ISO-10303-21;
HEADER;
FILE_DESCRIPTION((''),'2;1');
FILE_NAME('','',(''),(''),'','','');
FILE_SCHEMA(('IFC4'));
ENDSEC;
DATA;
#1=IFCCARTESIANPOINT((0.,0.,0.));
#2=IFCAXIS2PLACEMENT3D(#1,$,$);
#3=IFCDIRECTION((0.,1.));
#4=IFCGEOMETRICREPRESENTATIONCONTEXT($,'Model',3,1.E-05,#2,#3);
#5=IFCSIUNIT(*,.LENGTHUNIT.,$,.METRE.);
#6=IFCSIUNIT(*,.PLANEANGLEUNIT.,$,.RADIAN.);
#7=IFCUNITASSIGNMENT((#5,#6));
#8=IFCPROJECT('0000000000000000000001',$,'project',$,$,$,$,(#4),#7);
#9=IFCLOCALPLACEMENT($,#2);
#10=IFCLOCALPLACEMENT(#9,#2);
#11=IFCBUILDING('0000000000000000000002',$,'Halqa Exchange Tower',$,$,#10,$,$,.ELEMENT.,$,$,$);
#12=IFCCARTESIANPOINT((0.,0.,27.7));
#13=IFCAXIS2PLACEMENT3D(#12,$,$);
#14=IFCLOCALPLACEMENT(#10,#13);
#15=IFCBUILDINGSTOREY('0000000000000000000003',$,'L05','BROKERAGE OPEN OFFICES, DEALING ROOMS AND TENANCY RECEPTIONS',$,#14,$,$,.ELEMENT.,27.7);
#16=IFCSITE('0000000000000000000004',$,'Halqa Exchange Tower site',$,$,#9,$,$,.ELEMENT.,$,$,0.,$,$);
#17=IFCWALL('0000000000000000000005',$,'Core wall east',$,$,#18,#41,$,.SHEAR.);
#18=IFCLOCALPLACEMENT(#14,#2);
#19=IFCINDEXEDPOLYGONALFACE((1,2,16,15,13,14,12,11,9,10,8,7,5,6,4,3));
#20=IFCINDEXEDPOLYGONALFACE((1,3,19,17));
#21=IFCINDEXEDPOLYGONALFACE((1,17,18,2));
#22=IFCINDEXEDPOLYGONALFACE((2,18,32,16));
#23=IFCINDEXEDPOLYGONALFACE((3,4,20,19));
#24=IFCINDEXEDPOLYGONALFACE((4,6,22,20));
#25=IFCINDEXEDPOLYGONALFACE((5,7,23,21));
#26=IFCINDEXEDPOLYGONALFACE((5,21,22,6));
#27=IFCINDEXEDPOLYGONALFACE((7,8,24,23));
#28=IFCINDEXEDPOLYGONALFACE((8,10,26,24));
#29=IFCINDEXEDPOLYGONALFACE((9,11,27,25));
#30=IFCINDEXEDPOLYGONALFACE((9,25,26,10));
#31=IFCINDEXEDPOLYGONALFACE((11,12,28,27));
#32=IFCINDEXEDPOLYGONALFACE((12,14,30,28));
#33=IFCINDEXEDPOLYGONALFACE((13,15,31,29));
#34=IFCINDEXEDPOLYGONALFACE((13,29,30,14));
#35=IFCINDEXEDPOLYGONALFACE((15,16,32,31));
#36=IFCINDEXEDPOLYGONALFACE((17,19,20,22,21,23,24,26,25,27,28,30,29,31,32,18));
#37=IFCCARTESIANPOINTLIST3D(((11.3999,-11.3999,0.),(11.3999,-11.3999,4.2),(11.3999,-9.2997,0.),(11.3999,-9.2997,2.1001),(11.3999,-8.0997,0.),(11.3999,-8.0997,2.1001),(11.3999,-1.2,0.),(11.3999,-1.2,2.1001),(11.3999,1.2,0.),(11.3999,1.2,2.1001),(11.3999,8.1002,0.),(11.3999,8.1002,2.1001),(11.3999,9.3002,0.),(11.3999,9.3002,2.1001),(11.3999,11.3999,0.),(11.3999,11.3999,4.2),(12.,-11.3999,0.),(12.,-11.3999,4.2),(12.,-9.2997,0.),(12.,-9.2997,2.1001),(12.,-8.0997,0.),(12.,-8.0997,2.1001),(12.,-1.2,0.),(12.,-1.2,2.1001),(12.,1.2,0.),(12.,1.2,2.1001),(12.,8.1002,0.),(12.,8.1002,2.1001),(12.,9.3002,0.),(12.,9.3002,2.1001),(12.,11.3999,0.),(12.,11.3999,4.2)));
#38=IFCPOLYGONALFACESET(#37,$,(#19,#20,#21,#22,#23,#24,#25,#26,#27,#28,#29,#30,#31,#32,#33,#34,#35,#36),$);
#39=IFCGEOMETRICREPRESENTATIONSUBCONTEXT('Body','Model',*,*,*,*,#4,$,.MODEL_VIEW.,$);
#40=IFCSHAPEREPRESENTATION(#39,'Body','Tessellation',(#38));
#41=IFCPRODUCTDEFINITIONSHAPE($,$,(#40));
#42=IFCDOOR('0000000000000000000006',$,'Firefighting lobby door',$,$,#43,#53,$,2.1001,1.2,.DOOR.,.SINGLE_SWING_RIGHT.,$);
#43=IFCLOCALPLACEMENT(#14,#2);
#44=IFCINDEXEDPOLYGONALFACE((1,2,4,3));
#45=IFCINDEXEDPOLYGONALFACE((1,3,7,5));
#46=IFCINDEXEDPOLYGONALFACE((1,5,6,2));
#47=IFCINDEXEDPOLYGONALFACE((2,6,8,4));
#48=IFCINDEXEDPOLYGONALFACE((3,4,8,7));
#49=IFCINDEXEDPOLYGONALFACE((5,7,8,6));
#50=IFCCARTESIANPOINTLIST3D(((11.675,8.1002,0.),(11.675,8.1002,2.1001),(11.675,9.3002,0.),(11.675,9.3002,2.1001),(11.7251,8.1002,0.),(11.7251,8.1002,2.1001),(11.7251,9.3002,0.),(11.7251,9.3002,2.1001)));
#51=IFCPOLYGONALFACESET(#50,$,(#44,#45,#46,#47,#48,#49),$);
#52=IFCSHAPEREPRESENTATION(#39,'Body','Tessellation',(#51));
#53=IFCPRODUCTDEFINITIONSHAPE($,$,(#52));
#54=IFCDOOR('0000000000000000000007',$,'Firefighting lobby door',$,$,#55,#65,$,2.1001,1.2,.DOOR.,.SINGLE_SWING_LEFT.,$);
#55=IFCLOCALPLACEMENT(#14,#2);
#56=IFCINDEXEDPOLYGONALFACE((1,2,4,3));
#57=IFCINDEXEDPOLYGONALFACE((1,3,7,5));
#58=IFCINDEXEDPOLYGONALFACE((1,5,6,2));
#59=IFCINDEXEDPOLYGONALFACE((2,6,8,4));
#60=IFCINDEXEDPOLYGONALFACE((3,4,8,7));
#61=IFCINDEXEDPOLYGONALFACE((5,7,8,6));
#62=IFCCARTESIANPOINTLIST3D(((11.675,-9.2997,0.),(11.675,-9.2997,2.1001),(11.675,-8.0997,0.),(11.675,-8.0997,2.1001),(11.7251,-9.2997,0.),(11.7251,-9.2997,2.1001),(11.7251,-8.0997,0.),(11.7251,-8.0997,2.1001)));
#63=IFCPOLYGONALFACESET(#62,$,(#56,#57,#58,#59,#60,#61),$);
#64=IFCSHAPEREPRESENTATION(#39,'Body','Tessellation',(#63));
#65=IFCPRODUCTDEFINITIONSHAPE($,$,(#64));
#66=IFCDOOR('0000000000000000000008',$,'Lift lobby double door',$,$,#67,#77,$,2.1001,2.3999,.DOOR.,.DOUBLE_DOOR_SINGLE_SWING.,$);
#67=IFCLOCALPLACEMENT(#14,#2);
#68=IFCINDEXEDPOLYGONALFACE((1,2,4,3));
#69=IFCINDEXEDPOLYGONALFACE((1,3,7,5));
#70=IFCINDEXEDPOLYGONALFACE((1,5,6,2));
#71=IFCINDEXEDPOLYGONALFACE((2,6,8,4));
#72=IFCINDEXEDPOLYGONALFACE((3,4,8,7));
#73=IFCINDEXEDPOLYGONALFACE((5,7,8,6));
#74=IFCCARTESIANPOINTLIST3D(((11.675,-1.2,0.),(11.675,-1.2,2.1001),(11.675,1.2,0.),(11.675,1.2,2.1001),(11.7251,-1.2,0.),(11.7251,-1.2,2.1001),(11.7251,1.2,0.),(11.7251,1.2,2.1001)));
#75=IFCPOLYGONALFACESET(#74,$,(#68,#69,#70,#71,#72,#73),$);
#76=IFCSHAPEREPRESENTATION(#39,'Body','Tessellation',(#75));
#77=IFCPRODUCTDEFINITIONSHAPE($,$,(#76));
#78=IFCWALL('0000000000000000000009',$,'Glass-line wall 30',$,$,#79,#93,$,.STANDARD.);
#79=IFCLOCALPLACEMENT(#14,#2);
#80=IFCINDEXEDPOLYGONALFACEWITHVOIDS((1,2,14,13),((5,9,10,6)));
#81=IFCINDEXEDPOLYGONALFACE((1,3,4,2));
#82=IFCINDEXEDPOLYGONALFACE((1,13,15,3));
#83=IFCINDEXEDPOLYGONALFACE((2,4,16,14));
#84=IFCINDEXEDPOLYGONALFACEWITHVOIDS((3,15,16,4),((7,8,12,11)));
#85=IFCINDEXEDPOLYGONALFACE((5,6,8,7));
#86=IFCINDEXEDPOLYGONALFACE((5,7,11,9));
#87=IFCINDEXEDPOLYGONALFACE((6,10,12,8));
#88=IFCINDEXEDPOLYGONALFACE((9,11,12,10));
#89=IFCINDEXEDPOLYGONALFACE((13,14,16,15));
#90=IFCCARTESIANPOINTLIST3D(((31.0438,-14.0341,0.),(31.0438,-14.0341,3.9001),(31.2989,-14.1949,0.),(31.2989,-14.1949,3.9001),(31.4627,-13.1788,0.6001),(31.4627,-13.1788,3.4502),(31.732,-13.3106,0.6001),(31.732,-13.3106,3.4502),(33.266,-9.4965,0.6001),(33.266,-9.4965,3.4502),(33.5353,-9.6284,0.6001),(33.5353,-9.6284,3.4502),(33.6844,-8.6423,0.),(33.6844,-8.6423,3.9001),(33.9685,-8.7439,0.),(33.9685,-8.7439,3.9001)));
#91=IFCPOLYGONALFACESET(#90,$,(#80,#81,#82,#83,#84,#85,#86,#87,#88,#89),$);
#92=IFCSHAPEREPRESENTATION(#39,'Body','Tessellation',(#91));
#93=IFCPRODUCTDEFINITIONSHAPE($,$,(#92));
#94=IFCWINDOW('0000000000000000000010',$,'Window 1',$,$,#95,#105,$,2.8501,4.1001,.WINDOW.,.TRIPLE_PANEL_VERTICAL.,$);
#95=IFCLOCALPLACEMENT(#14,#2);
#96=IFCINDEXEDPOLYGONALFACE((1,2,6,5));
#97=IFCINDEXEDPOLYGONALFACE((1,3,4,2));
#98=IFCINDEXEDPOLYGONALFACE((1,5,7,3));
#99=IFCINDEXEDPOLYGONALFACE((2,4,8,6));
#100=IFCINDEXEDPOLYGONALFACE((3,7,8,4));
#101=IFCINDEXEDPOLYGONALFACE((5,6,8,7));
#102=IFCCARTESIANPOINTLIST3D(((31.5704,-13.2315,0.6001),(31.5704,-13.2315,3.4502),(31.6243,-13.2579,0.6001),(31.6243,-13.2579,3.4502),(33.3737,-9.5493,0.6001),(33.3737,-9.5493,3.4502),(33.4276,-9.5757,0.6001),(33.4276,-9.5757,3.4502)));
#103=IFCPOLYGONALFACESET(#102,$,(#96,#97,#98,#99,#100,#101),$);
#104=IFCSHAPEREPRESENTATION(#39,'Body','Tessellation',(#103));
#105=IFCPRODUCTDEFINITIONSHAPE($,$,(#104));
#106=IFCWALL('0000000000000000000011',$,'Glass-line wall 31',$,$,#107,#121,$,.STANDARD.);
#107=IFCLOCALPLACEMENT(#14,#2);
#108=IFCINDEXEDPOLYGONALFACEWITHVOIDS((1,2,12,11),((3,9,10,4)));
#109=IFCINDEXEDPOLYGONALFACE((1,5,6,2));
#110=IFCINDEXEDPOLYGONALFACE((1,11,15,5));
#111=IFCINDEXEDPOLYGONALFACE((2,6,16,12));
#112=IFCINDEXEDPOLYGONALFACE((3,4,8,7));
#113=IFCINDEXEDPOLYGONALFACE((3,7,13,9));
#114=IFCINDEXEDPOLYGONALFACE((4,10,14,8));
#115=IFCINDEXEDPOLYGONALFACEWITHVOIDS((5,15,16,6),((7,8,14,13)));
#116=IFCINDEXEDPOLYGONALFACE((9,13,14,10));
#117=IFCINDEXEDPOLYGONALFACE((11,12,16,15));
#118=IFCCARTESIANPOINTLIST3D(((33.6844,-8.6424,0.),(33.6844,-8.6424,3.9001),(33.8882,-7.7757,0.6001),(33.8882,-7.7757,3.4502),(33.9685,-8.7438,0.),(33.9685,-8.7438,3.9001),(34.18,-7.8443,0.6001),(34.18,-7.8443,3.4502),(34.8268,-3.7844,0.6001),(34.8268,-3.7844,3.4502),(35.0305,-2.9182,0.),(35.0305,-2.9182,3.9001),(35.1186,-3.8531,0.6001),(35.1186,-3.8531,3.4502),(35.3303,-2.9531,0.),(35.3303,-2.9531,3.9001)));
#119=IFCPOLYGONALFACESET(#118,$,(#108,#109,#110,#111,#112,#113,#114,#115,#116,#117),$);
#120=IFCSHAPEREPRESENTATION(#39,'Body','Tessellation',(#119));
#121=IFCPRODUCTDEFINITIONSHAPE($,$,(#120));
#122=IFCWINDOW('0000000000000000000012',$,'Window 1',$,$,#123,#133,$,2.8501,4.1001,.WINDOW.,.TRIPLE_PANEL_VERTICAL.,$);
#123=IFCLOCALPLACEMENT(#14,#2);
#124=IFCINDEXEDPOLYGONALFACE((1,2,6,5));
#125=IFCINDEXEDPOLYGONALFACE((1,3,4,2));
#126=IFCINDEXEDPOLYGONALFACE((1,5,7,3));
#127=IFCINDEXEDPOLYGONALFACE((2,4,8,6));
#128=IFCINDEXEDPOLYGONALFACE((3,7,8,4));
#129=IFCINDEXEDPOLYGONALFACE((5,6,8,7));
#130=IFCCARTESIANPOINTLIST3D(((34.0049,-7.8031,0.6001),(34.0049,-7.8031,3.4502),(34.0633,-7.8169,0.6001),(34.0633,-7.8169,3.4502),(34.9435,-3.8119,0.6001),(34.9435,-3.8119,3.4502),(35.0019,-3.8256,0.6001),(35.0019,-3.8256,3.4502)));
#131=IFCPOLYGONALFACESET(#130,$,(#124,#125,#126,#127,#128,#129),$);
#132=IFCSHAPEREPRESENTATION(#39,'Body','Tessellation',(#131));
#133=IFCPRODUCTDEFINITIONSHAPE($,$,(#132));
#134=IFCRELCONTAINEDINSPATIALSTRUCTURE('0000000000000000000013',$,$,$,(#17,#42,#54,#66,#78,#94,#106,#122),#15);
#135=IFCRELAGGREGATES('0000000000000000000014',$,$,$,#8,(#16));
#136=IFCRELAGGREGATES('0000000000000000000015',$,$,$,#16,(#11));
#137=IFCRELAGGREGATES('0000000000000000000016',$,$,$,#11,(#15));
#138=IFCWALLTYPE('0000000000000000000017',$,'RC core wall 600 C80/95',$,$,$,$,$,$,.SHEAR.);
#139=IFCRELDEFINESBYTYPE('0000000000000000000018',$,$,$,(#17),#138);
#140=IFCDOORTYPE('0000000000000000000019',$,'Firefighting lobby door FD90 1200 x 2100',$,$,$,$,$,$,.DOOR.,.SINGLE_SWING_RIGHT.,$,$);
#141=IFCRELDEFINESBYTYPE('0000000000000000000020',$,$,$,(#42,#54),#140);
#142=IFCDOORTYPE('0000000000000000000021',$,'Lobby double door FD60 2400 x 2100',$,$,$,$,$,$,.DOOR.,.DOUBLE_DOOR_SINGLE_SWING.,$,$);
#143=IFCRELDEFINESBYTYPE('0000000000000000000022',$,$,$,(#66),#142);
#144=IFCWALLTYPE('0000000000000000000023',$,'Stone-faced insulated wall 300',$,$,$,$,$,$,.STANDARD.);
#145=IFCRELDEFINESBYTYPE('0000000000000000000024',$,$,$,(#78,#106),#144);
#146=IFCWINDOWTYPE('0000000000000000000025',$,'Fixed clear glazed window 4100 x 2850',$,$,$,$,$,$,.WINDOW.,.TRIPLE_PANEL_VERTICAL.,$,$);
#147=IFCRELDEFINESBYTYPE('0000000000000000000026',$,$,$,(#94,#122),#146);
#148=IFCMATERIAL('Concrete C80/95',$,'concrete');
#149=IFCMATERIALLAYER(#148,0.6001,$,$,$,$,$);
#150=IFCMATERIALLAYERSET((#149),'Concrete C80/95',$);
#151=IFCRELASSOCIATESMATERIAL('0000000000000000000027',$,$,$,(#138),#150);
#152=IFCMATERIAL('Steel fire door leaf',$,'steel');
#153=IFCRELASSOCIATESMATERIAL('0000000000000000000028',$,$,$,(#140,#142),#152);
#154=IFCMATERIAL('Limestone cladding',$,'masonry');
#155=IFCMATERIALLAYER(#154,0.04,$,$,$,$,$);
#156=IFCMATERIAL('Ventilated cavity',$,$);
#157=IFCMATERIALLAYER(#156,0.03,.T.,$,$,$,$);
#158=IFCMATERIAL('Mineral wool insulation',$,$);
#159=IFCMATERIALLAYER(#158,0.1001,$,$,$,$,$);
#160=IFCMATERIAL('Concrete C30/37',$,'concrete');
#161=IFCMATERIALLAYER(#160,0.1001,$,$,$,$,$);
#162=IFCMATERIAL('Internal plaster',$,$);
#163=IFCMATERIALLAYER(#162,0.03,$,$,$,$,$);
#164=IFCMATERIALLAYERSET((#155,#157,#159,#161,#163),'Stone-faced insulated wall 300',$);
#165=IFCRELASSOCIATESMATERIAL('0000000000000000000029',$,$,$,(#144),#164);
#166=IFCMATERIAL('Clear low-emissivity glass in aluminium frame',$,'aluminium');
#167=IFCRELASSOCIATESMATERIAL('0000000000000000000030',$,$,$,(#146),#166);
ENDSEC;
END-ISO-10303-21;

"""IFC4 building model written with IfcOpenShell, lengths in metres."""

from ifc_helpers import new_model, si_unit, direction, frame, frame_2d, origin, place, context, subcontext, project, spatial, polyline, rectangle, outline, extrude, material, layer, layer_set, type_object, element, fill, save


model = new_model("IFC4")

# Units and contexts
model_context = context("Model", 3, precision=1e-05, world=origin(), true_north=direction((0.0, 1.0)))
body_context = subcontext(model_context, "Body", "Model", "MODEL_VIEW")
ifc_project = project(units=[si_unit("LENGTHUNIT", "METRE"), si_unit("PLANEANGLEUNIT", "RADIAN")], contexts=[model_context])

# Site, building, storey
site_placement = place(None, origin())
site = spatial("IfcSite", under=ifc_project, at=site_placement, Name="Halqa Exchange Tower site", CompositionType="ELEMENT", RefElevation=0.0)
building_placement = place(site_placement, origin())
building = spatial("IfcBuilding", under=site, at=building_placement, Name="Halqa Exchange Tower", CompositionType="ELEMENT")
storey_placement = place(building_placement, frame((0.0, 0.0, 27.7)))
storey = spatial("IfcBuildingStorey", under=building, at=storey_placement, Name="L05", Description="BROKERAGE OPEN OFFICES, DEALING ROOMS AND TENANCY RECEPTIONS", CompositionType="ELEMENT", Elevation=27.7)

# Shared definitions
ifc_material_1 = material(Name="Concrete C80/95", Category="concrete")

# Wall, openings, doors
ifc_layer_1 = layer(ifc_material_1, 0.6001)
ifc_layer_set_1 = layer_set([ifc_layer_1], Name="Concrete C80/95")
wall_type_1 = type_object("IfcWallType", Name="RC core wall 600 C80/95", PredefinedType="SHEAR", material=ifc_layer_set_1)
wall_1_placement = place(storey_placement, frame((11.7, -11.3999, 0.0), z_axis=(0.0, 0.0, 1.0), x_axis=(0.0, 1.0, 0.0)))
wall_1 = element("IfcWall", 1, at=wall_1_placement, inside=storey, type_object=wall_type_1, Name="Core wall east", PredefinedType="SHEAR", context=body_context, shape_type="SweptSolid", body=[
    extrude(rectangle(XDim=22.7998, YDim=0.6001, at=frame_2d((11.3999, 0.0))), origin(), (0.0, 0.0, 1.0), 4.2),
])
opening_1_placement = place(wall_1_placement, frame((10.2, 0.0, 0.0)))
opening_1 = element("IfcOpeningElement", 2, at=opening_1_placement, cuts=wall_1, PredefinedType="OPENING", context=body_context, shape_type="SweptSolid", body=[
    extrude(rectangle(XDim=2.3999, YDim=2.1001, at=frame_2d((1.2, 1.05))), frame((0.0, 0.312, 0.0), z_axis=(0.0, -1.0, 0.0), x_axis=(1.0, 0.0, 0.0)), (0.0, 0.0, 1.0), 0.624),
])
opening_2_placement = place(wall_1_placement, frame((19.5, 0.0, 0.0)))
opening_2 = element("IfcOpeningElement", 3, at=opening_2_placement, cuts=wall_1, PredefinedType="OPENING", context=body_context, shape_type="SweptSolid", body=[
    extrude(rectangle(XDim=1.2, YDim=2.1001, at=frame_2d((0.6001, 1.05))), frame((0.0, 0.312, 0.0), z_axis=(0.0, -1.0, 0.0), x_axis=(1.0, 0.0, 0.0)), (0.0, 0.0, 1.0), 0.624),
])
opening_3_placement = place(wall_1_placement, frame((2.1001, 0.0, 0.0)))
opening_3 = element("IfcOpeningElement", 4, at=opening_3_placement, cuts=wall_1, PredefinedType="OPENING", context=body_context, shape_type="SweptSolid", body=[
    extrude(rectangle(XDim=1.2, YDim=2.1001, at=frame_2d((0.6001, 1.05))), frame((0.0, 0.312, 0.0), z_axis=(0.0, -1.0, 0.0), x_axis=(1.0, 0.0, 0.0)), (0.0, 0.0, 1.0), 0.624),
])
ifc_material_2 = material(Name="Steel fire door leaf", Category="steel")
door_type_1 = type_object("IfcDoorType", Name="Firefighting lobby door FD90 1200 x 2100", OperationType="SINGLE_SWING_RIGHT", PredefinedType="DOOR", material=ifc_material_2)
door_1_placement = place(opening_2_placement, origin())
door_1 = element("IfcDoor", 5, at=door_1_placement, inside=storey, type_object=door_type_1, Name="Firefighting lobby door", OperationType="SINGLE_SWING_RIGHT", OverallHeight=2.1001, OverallWidth=1.2, PredefinedType="DOOR", context=body_context, shape_type="SweptSolid", body=[
    extrude(rectangle(XDim=1.2, YDim=2.1001, at=frame_2d((0.6001, 1.05))), frame((0.0, 0.0249, 0.0), z_axis=(0.0, -1.0, 0.0), x_axis=(1.0, 0.0, 0.0)), (0.0, 0.0, 1.0), 0.05),
])
fill(opening_2, door_1)
door_2_placement = place(opening_3_placement, origin())
door_2 = element("IfcDoor", 6, at=door_2_placement, inside=storey, type_object=door_type_1, Name="Firefighting lobby door", OperationType="SINGLE_SWING_LEFT", OverallHeight=2.1001, OverallWidth=1.2, PredefinedType="DOOR", context=body_context, shape_type="SweptSolid", body=[
    extrude(rectangle(XDim=1.2, YDim=2.1001, at=frame_2d((0.6001, 1.05))), frame((0.0, 0.0249, 0.0), z_axis=(0.0, -1.0, 0.0), x_axis=(1.0, 0.0, 0.0)), (0.0, 0.0, 1.0), 0.05),
])
fill(opening_3, door_2)
door_type_2 = type_object("IfcDoorType", Name="Lobby double door FD60 2400 x 2100", OperationType="DOUBLE_DOOR_SINGLE_SWING", PredefinedType="DOOR", material=ifc_material_2)
door_3_placement = place(opening_1_placement, origin())
door_3 = element("IfcDoor", 7, at=door_3_placement, inside=storey, type_object=door_type_2, Name="Lift lobby double door", OperationType="DOUBLE_DOOR_SINGLE_SWING", OverallHeight=2.1001, OverallWidth=2.3999, PredefinedType="DOOR", context=body_context, shape_type="SweptSolid", body=[
    extrude(rectangle(XDim=2.3999, YDim=2.1001, at=frame_2d((1.2, 1.05))), frame((0.0, 0.0249, 0.0), z_axis=(0.0, -1.0, 0.0), x_axis=(1.0, 0.0, 0.0)), (0.0, 0.0, 1.0), 0.05),
])
fill(opening_1, door_3)

# Walls, openings, windows
ifc_material_3 = material(Name="Limestone cladding", Category="masonry")
ifc_layer_2 = layer(ifc_material_3, 0.04)
ifc_material_4 = material(Name="Ventilated cavity")
ifc_layer_3 = layer(ifc_material_4, 0.03, ventilated=True)
ifc_material_5 = material(Name="Mineral wool insulation")
ifc_layer_4 = layer(ifc_material_5, 0.1001)
ifc_material_6 = material(Name="Concrete C30/37", Category="concrete")
ifc_layer_5 = layer(ifc_material_6, 0.1001)
ifc_material_7 = material(Name="Internal plaster")
ifc_layer_6 = layer(ifc_material_7, 0.03)
ifc_layer_set_2 = layer_set([ifc_layer_2, ifc_layer_3, ifc_layer_4, ifc_layer_5, ifc_layer_6], Name="Stone-faced insulated wall 300")
wall_type_2 = type_object("IfcWallType", Name="Stone-faced insulated wall 300", PredefinedType="STANDARD", material=ifc_layer_set_2)
wall_2_placement = place(storey_placement, frame((31.1714, -14.1145, 0.0), z_axis=(0.0, 0.0, 1.0), x_axis=(0.439822, 0.898085, 0.0)))
wall_2 = element("IfcWall", 8, at=wall_2_placement, inside=storey, type_object=wall_type_2, Name="Glass-line wall 30", PredefinedType="STANDARD", context=body_context, shape_type="SweptSolid", body=[
    extrude(outline(polyline([(-0.0161, -0.1499), (6.0535, -0.1499), (6.0198, 0.1499), (0.0161, 0.1499), (-0.0161, -0.1499)])), origin(), (0.0, 0.0, 1.0), 3.9001),
])
opening_4_placement = place(wall_2_placement, frame((0.9685, 0.0, 0.6001)))
opening_4 = element("IfcOpeningElement", 9, at=opening_4_placement, cuts=wall_2, PredefinedType="OPENING", context=body_context, shape_type="SweptSolid", body=[
    extrude(rectangle(XDim=4.1001, YDim=2.8501, at=frame_2d((2.05, 1.425))), frame((0.0, 0.1621, 0.0), z_axis=(0.0, -1.0, 0.0), x_axis=(1.0, 0.0, 0.0)), (0.0, 0.0, 1.0), 0.324),
])
ifc_material_8 = material(Name="Clear low-emissivity glass in aluminium frame", Category="aluminium")
window_type = type_object("IfcWindowType", Name="Fixed clear glazed window 4100 x 2850", PartitioningType="TRIPLE_PANEL_VERTICAL", PredefinedType="WINDOW", material=ifc_material_8)
window_1_placement = place(opening_4_placement, origin())
window_1 = element("IfcWindow", 10, at=window_1_placement, inside=storey, type_object=window_type, Name="Window 1", OverallHeight=2.8501, OverallWidth=4.1001, PartitioningType="TRIPLE_PANEL_VERTICAL", PredefinedType="WINDOW", context=body_context, shape_type="SweptSolid", body=[
    extrude(rectangle(XDim=4.1001, YDim=2.8501, at=frame_2d((2.05, 1.425))), frame((0.0, 0.03, 0.0), z_axis=(0.0, -1.0, 0.0), x_axis=(1.0, 0.0, 0.0)), (0.0, 0.0, 1.0), 0.0601),
])
fill(opening_4, window_1)
wall_3_placement = place(storey_placement, frame((33.8264, -8.6931, 0.0), z_axis=(0.0, 0.0, 1.0), x_axis=(0.228924, 0.973444, 0.0)))
wall_3 = element("IfcWall", 11, at=wall_3_placement, inside=storey, type_object=wall_type_2, Name="Glass-line wall 31", PredefinedType="STANDARD", context=body_context, shape_type="SweptSolid", body=[
    extrude(outline(polyline([(-0.0168, -0.1499), (5.9319, -0.1499), (5.8972, 0.1499), (0.0168, 0.1499), (-0.0168, -0.1499)])), origin(), (0.0, 0.0, 1.0), 3.9001),
])
opening_5_placement = place(wall_3_placement, frame((0.9072, 0.0, 0.6001)))
opening_5 = element("IfcOpeningElement", 12, at=opening_5_placement, cuts=wall_3, PredefinedType="OPENING", context=body_context, shape_type="SweptSolid", body=[
    extrude(rectangle(XDim=4.1001, YDim=2.8501, at=frame_2d((2.05, 1.425))), frame((0.0, 0.1621, 0.0), z_axis=(0.0, -1.0, 0.0), x_axis=(1.0, 0.0, 0.0)), (0.0, 0.0, 1.0), 0.324),
])
window_2_placement = place(opening_5_placement, origin())
window_2 = element("IfcWindow", 13, at=window_2_placement, inside=storey, type_object=window_type, Name="Window 1", OverallHeight=2.8501, OverallWidth=4.1001, PartitioningType="TRIPLE_PANEL_VERTICAL", PredefinedType="WINDOW", context=body_context, shape_type="SweptSolid", body=[
    extrude(rectangle(XDim=4.1001, YDim=2.8501, at=frame_2d((2.05, 1.425))), frame((0.0, 0.03, 0.0), z_axis=(0.0, -1.0, 0.0), x_axis=(1.0, 0.0, 0.0)), (0.0, 0.0, 1.0), 0.0601),
])
fill(opening_5, window_2)

save(model, "model.ifc")
